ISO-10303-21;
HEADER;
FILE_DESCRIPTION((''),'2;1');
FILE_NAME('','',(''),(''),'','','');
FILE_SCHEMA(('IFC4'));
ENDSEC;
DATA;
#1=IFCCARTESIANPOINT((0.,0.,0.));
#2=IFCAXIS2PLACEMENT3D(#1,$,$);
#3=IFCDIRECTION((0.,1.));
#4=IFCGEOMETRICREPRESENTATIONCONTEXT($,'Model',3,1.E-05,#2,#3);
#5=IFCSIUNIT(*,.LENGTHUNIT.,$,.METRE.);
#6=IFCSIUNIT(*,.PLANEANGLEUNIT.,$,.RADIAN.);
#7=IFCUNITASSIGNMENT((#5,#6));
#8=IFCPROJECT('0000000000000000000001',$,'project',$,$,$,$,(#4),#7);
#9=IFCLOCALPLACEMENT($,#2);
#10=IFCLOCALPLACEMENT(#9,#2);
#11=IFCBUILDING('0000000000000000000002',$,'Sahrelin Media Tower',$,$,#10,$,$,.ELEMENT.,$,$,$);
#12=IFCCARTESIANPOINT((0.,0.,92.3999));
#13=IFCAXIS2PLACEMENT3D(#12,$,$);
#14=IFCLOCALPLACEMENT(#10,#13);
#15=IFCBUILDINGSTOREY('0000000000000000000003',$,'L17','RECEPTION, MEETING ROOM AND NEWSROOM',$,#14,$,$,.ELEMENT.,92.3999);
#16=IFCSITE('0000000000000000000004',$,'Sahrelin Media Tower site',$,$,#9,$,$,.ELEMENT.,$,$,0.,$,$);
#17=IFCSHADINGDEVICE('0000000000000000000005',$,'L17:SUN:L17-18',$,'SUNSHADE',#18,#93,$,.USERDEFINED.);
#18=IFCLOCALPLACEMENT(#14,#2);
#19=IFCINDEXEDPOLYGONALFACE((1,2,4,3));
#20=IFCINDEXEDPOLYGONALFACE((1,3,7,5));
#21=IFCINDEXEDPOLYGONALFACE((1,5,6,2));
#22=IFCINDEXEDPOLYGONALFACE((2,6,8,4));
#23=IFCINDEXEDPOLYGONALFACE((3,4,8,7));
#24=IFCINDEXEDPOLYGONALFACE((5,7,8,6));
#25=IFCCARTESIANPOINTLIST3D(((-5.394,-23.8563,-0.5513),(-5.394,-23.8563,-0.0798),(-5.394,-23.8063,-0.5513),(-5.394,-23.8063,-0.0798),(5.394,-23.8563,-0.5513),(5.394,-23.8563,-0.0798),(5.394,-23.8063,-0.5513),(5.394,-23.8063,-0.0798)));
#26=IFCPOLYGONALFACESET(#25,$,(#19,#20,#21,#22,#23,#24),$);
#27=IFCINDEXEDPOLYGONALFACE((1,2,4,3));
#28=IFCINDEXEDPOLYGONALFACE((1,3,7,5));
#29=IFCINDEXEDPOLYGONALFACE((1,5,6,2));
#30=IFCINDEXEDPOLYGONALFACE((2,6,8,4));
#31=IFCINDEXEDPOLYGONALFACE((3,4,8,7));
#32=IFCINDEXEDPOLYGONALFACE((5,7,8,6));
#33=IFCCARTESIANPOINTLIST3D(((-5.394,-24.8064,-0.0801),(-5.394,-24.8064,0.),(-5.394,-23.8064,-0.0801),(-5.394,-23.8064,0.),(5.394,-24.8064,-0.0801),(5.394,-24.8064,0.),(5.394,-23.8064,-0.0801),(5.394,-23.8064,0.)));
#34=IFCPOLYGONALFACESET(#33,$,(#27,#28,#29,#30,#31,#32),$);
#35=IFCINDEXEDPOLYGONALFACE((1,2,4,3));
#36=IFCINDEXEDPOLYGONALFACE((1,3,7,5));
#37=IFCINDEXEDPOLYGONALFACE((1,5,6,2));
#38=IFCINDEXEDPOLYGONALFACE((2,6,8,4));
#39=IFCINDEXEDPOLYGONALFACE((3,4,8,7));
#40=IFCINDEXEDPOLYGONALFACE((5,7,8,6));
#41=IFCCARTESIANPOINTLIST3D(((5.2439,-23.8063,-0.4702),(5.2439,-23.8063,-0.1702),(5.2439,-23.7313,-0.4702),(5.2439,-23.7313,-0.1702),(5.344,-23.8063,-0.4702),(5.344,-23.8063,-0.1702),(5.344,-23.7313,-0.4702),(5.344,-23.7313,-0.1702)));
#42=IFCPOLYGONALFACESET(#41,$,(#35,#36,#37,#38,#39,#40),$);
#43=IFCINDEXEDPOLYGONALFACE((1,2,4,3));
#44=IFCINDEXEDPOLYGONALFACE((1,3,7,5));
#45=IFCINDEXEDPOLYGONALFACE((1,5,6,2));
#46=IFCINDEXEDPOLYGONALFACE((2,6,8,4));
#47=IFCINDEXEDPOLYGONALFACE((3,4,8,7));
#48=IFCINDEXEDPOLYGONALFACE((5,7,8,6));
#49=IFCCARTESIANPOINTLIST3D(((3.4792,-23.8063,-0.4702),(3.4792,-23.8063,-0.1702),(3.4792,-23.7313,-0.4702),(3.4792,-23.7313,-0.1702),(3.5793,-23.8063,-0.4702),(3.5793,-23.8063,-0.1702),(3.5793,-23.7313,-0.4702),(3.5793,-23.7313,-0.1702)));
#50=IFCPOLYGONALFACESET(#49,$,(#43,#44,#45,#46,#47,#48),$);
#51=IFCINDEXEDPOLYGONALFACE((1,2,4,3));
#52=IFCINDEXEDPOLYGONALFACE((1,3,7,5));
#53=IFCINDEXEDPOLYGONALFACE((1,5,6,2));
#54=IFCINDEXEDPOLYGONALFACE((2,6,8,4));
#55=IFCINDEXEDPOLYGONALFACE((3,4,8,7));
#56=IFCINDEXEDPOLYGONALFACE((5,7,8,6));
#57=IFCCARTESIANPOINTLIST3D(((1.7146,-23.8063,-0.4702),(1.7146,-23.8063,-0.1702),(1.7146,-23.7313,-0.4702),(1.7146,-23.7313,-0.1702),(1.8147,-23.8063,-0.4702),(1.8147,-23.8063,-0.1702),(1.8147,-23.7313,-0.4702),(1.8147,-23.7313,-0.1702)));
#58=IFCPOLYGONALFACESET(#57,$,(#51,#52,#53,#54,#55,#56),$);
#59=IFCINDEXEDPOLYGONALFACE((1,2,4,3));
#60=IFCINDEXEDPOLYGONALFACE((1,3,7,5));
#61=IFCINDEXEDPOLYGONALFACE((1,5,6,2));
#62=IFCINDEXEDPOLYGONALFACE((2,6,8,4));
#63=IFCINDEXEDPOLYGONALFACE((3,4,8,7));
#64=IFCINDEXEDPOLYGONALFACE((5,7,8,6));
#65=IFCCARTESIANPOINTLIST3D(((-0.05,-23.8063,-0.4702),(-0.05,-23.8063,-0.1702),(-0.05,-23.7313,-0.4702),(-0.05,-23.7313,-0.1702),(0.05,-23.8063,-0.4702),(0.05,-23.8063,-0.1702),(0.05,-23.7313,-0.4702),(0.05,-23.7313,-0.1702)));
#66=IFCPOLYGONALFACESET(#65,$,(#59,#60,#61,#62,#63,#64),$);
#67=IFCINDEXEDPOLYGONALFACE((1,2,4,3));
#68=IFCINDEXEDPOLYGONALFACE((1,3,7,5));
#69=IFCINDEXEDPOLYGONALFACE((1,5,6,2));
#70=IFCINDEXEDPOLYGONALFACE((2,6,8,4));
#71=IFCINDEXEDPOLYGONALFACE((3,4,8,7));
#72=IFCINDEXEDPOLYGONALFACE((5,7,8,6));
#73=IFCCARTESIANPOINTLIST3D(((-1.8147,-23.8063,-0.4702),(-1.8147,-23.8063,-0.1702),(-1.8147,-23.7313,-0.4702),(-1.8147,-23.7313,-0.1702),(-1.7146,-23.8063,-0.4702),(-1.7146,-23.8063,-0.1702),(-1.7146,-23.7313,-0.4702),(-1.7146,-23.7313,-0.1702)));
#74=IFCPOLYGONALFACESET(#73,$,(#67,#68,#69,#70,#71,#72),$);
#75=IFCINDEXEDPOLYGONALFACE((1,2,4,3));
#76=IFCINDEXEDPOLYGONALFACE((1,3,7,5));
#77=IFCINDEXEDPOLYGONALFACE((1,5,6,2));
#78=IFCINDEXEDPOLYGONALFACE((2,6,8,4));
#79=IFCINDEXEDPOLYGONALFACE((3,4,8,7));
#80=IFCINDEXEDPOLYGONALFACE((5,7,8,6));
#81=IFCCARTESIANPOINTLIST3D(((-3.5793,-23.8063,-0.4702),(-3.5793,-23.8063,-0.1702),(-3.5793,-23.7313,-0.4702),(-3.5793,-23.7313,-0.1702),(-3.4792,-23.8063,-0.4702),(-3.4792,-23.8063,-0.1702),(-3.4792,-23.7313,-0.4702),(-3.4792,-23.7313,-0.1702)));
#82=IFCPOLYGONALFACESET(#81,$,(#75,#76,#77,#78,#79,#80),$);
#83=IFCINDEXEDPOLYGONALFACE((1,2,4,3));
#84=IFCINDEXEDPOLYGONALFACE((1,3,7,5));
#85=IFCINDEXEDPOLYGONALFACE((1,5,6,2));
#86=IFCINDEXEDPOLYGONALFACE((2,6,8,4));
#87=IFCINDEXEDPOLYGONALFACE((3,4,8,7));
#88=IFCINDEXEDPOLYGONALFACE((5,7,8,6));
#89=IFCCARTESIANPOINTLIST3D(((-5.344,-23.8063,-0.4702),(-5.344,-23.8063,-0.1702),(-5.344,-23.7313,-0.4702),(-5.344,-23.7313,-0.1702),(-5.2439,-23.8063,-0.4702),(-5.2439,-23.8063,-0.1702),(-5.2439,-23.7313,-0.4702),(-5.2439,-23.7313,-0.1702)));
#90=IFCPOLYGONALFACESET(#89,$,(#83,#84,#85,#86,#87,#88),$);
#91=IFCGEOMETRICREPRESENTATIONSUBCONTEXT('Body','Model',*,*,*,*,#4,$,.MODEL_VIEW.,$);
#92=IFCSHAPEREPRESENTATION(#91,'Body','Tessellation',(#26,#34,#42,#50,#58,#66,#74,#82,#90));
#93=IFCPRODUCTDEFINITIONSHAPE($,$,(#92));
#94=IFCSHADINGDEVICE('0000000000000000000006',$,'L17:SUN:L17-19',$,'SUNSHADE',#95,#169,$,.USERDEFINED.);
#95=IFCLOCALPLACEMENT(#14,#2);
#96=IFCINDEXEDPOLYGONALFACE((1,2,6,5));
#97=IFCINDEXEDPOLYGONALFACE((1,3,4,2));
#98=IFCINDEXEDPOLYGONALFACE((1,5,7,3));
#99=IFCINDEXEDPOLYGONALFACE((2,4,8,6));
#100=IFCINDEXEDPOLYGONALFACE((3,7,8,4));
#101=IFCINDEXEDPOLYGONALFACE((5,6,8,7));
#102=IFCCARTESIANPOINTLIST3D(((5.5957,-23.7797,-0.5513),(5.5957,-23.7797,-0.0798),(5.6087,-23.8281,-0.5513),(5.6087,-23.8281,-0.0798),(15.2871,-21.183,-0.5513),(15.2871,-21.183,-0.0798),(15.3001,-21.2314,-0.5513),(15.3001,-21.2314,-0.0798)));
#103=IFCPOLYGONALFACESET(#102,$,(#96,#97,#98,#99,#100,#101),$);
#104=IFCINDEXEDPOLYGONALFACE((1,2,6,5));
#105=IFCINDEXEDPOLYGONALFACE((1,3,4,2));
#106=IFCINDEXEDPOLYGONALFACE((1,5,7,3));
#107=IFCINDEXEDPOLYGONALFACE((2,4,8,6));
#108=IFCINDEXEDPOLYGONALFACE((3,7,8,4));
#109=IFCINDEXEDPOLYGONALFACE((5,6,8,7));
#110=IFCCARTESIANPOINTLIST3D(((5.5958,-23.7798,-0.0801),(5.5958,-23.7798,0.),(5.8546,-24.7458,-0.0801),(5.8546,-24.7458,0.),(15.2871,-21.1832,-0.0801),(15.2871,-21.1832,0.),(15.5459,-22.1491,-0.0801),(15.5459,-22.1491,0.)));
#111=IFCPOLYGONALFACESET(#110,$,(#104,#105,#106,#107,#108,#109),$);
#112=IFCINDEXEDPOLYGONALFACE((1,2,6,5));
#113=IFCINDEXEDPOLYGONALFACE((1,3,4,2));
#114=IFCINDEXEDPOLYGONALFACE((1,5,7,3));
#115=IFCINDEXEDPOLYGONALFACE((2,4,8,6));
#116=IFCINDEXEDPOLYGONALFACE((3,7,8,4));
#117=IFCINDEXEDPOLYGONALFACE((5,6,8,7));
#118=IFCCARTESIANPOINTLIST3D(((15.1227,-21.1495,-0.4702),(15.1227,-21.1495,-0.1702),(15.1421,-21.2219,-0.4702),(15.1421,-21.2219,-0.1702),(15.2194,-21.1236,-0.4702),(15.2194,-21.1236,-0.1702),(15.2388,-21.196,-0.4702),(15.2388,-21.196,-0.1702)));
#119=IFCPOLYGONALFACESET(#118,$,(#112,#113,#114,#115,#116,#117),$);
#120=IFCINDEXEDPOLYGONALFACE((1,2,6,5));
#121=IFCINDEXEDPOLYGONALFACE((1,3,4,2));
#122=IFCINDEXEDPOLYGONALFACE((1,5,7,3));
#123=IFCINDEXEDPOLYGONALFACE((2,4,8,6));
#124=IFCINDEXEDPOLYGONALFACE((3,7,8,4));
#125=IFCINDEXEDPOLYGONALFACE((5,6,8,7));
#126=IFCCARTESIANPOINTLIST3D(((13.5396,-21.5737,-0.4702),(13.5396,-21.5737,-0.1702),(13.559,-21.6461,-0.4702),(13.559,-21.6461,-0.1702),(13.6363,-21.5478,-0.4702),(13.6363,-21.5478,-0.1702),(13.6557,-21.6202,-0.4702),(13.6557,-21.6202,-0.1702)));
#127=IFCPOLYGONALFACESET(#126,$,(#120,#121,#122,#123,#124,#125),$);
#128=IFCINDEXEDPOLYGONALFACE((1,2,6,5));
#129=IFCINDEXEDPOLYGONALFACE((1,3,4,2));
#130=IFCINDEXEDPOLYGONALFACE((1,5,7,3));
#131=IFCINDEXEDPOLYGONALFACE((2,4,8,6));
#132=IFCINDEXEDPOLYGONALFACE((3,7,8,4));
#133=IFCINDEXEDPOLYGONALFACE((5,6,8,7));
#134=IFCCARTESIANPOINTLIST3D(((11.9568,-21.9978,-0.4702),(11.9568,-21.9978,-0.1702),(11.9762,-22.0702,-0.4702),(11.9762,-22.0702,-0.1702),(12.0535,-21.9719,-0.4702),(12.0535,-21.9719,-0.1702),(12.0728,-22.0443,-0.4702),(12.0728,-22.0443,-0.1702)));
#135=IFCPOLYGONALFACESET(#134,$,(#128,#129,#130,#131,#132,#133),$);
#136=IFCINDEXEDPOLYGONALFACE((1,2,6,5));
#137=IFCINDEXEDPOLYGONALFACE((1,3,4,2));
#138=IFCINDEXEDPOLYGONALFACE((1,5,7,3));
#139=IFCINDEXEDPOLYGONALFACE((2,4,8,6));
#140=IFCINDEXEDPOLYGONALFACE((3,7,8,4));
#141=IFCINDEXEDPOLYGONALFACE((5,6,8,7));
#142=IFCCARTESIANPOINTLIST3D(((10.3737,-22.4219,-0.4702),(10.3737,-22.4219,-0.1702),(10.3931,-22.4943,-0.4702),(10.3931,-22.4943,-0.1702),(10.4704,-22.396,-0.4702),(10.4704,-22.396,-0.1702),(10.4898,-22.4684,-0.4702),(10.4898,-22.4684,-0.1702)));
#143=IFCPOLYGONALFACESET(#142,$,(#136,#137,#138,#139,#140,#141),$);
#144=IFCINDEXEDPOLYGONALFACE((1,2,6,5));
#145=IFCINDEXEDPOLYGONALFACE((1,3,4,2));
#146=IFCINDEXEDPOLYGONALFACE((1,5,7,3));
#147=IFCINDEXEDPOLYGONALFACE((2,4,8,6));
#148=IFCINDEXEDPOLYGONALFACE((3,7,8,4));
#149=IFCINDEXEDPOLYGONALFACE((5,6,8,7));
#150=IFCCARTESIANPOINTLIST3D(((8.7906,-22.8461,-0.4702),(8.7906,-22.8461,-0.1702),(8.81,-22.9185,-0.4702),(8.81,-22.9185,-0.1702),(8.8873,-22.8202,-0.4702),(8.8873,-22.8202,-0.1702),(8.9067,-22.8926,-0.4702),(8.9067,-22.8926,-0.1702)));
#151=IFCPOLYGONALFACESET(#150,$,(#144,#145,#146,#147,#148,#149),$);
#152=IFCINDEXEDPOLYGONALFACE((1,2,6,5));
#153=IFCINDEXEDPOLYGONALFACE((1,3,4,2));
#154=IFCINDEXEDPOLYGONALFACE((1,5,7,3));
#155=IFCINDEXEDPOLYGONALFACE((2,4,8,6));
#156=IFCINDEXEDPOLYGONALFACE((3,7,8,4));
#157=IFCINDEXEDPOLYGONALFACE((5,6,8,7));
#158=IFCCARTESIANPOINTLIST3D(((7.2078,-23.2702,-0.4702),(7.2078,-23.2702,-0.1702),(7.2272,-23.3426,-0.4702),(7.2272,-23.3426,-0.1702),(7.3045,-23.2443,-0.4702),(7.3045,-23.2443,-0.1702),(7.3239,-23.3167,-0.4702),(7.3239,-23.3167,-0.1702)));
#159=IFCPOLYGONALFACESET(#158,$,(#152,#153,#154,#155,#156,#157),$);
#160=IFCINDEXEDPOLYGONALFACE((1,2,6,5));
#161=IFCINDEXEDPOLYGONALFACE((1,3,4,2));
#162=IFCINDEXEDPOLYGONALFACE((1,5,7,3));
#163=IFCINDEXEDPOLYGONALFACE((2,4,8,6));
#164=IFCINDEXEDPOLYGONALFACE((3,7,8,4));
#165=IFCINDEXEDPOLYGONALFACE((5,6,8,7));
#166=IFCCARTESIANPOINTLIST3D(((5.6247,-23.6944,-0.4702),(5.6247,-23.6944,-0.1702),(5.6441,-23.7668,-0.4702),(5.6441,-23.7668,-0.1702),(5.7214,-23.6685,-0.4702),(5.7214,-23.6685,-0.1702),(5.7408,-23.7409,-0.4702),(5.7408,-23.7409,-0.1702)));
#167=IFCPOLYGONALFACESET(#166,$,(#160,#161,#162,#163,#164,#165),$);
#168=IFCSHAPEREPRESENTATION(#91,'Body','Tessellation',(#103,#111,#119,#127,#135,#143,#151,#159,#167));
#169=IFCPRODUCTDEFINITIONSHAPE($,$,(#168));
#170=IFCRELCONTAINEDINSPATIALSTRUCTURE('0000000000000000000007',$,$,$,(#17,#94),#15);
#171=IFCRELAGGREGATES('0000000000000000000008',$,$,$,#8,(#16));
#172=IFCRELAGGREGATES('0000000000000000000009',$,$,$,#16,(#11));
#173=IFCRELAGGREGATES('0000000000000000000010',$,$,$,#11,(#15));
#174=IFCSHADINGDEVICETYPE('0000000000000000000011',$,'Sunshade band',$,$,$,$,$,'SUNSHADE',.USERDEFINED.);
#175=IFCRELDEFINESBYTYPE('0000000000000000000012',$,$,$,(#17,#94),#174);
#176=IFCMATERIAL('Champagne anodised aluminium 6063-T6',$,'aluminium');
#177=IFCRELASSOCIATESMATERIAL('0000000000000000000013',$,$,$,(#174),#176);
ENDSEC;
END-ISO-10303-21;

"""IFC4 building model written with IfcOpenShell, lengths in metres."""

from ifc_helpers import new_model, si_unit, direction, frame, origin, origin_2d, place, context, subcontext, project, spatial, rectangle, extrude, material, type_object, element, save


model = new_model("IFC4")

# Units and contexts
model_context = context("Model", 3, precision=1e-05, world=origin(), true_north=direction((0.0, 1.0)))
body_context = subcontext(model_context, "Body", "Model", "MODEL_VIEW")
ifc_project = project(units=[si_unit("LENGTHUNIT", "METRE"), si_unit("PLANEANGLEUNIT", "RADIAN")], contexts=[model_context])

# Site, building, storey
site_placement = place(None, origin())
site = spatial("IfcSite", under=ifc_project, at=site_placement, Name="Sahrelin Media Tower site", CompositionType="ELEMENT", RefElevation=0.0)
building_placement = place(site_placement, origin())
building = spatial("IfcBuilding", under=site, at=building_placement, Name="Sahrelin Media Tower", CompositionType="ELEMENT")
storey_placement = place(building_placement, frame((0.0, 0.0, 92.3999)))
storey = spatial("IfcBuildingStorey", under=building, at=storey_placement, Name="L17", Description="RECEPTION, MEETING ROOM AND NEWSROOM", CompositionType="ELEMENT", Elevation=92.3999)

# Shared definitions
ifc_material_1 = material(Name="Champagne anodised aluminium 6063-T6", Category="aluminium")

# Shading devices
placement_1 = place(storey_placement, frame((0.0, -23.7864, 0.0), z_axis=(0.0, 0.0, 1.0), x_axis=(-1.0, 0.0, 0.0)))
placement_2 = place(storey_placement, frame((10.4363, -22.4622, 0.0), z_axis=(0.0, 0.0, 1.0), x_axis=(-0.965929, -0.258808, 0.0)))
shading_device_type_1 = type_object("IfcShadingDeviceType", Name="Sunshade band", ElementType="SUNSHADE", PredefinedType="USERDEFINED", material=ifc_material_1)
element("IfcShadingDevice", 1, at=placement_1, inside=storey, type_object=shading_device_type_1, Name="L17:SUN:L17-18", ObjectType="SUNSHADE", PredefinedType="USERDEFINED", context=body_context, shape_type="SweptSolid", body=[
    extrude(rectangle(XDim=10.7881, YDim=0.05, at=origin_2d()), frame((0.0, 0.0449, -0.5513)), (0.0, 0.0, 1.0), 0.4714),
    extrude(rectangle(XDim=10.7881, YDim=1.0, at=origin_2d()), frame((0.0, 0.52, -0.0801)), (0.0, 0.0, 1.0), 0.0801),
    extrude(rectangle(XDim=0.1001, YDim=0.075, at=origin_2d()), frame((-5.2939, -0.0176, -0.4702)), (0.0, 0.0, 1.0), 0.3),
    extrude(rectangle(XDim=0.1001, YDim=0.075, at=origin_2d()), frame((-3.5293, -0.0176, -0.4702)), (0.0, 0.0, 1.0), 0.3),
    extrude(rectangle(XDim=0.1001, YDim=0.075, at=origin_2d()), frame((-1.7646, -0.0176, -0.4702)), (0.0, 0.0, 1.0), 0.3),
    extrude(rectangle(XDim=0.1001, YDim=0.075, at=origin_2d()), frame((0.0, -0.0176, -0.4702)), (0.0, 0.0, 1.0), 0.3),
    extrude(rectangle(XDim=0.1001, YDim=0.075, at=origin_2d()), frame((1.7646, -0.0176, -0.4702)), (0.0, 0.0, 1.0), 0.3),
    extrude(rectangle(XDim=0.1001, YDim=0.075, at=origin_2d()), frame((3.5293, -0.0176, -0.4702)), (0.0, 0.0, 1.0), 0.3),
    extrude(rectangle(XDim=0.1001, YDim=0.075, at=origin_2d()), frame((5.2939, -0.0176, -0.4702)), (0.0, 0.0, 1.0), 0.3),
])
element("IfcShadingDevice", 2, at=placement_2, inside=storey, type_object=shading_device_type_1, Name="L17:SUN:L17-19", ObjectType="SUNSHADE", PredefinedType="USERDEFINED", context=body_context, shape_type="SweptSolid", body=[
    extrude(rectangle(XDim=10.0332, YDim=0.05, at=origin_2d()), frame((0.0, 0.0449, -0.5513)), (0.0, 0.0, 1.0), 0.4714),
    extrude(rectangle(XDim=10.0332, YDim=1.0, at=origin_2d()), frame((0.0, 0.52, -0.0801)), (0.0, 0.0, 1.0), 0.0801),
    extrude(rectangle(XDim=0.1001, YDim=0.075, at=origin_2d()), frame((-4.9165, -0.0176, -0.4702)), (0.0, 0.0, 1.0), 0.3),
    extrude(rectangle(XDim=0.1001, YDim=0.075, at=origin_2d()), frame((-3.2776, -0.0176, -0.4702)), (0.0, 0.0, 1.0), 0.3),
    extrude(rectangle(XDim=0.1001, YDim=0.075, at=origin_2d()), frame((-1.6389, -0.0176, -0.4702)), (0.0, 0.0, 1.0), 0.3),
    extrude(rectangle(XDim=0.1001, YDim=0.075, at=origin_2d()), frame((0.0, -0.0176, -0.4702)), (0.0, 0.0, 1.0), 0.3),
    extrude(rectangle(XDim=0.1001, YDim=0.075, at=origin_2d()), frame((1.6389, -0.0176, -0.4702)), (0.0, 0.0, 1.0), 0.3),
    extrude(rectangle(XDim=0.1001, YDim=0.075, at=origin_2d()), frame((3.2776, -0.0176, -0.4702)), (0.0, 0.0, 1.0), 0.3),
    extrude(rectangle(XDim=0.1001, YDim=0.075, at=origin_2d()), frame((4.9165, -0.0176, -0.4702)), (0.0, 0.0, 1.0), 0.3),
])

save(model, "model.ifc")
